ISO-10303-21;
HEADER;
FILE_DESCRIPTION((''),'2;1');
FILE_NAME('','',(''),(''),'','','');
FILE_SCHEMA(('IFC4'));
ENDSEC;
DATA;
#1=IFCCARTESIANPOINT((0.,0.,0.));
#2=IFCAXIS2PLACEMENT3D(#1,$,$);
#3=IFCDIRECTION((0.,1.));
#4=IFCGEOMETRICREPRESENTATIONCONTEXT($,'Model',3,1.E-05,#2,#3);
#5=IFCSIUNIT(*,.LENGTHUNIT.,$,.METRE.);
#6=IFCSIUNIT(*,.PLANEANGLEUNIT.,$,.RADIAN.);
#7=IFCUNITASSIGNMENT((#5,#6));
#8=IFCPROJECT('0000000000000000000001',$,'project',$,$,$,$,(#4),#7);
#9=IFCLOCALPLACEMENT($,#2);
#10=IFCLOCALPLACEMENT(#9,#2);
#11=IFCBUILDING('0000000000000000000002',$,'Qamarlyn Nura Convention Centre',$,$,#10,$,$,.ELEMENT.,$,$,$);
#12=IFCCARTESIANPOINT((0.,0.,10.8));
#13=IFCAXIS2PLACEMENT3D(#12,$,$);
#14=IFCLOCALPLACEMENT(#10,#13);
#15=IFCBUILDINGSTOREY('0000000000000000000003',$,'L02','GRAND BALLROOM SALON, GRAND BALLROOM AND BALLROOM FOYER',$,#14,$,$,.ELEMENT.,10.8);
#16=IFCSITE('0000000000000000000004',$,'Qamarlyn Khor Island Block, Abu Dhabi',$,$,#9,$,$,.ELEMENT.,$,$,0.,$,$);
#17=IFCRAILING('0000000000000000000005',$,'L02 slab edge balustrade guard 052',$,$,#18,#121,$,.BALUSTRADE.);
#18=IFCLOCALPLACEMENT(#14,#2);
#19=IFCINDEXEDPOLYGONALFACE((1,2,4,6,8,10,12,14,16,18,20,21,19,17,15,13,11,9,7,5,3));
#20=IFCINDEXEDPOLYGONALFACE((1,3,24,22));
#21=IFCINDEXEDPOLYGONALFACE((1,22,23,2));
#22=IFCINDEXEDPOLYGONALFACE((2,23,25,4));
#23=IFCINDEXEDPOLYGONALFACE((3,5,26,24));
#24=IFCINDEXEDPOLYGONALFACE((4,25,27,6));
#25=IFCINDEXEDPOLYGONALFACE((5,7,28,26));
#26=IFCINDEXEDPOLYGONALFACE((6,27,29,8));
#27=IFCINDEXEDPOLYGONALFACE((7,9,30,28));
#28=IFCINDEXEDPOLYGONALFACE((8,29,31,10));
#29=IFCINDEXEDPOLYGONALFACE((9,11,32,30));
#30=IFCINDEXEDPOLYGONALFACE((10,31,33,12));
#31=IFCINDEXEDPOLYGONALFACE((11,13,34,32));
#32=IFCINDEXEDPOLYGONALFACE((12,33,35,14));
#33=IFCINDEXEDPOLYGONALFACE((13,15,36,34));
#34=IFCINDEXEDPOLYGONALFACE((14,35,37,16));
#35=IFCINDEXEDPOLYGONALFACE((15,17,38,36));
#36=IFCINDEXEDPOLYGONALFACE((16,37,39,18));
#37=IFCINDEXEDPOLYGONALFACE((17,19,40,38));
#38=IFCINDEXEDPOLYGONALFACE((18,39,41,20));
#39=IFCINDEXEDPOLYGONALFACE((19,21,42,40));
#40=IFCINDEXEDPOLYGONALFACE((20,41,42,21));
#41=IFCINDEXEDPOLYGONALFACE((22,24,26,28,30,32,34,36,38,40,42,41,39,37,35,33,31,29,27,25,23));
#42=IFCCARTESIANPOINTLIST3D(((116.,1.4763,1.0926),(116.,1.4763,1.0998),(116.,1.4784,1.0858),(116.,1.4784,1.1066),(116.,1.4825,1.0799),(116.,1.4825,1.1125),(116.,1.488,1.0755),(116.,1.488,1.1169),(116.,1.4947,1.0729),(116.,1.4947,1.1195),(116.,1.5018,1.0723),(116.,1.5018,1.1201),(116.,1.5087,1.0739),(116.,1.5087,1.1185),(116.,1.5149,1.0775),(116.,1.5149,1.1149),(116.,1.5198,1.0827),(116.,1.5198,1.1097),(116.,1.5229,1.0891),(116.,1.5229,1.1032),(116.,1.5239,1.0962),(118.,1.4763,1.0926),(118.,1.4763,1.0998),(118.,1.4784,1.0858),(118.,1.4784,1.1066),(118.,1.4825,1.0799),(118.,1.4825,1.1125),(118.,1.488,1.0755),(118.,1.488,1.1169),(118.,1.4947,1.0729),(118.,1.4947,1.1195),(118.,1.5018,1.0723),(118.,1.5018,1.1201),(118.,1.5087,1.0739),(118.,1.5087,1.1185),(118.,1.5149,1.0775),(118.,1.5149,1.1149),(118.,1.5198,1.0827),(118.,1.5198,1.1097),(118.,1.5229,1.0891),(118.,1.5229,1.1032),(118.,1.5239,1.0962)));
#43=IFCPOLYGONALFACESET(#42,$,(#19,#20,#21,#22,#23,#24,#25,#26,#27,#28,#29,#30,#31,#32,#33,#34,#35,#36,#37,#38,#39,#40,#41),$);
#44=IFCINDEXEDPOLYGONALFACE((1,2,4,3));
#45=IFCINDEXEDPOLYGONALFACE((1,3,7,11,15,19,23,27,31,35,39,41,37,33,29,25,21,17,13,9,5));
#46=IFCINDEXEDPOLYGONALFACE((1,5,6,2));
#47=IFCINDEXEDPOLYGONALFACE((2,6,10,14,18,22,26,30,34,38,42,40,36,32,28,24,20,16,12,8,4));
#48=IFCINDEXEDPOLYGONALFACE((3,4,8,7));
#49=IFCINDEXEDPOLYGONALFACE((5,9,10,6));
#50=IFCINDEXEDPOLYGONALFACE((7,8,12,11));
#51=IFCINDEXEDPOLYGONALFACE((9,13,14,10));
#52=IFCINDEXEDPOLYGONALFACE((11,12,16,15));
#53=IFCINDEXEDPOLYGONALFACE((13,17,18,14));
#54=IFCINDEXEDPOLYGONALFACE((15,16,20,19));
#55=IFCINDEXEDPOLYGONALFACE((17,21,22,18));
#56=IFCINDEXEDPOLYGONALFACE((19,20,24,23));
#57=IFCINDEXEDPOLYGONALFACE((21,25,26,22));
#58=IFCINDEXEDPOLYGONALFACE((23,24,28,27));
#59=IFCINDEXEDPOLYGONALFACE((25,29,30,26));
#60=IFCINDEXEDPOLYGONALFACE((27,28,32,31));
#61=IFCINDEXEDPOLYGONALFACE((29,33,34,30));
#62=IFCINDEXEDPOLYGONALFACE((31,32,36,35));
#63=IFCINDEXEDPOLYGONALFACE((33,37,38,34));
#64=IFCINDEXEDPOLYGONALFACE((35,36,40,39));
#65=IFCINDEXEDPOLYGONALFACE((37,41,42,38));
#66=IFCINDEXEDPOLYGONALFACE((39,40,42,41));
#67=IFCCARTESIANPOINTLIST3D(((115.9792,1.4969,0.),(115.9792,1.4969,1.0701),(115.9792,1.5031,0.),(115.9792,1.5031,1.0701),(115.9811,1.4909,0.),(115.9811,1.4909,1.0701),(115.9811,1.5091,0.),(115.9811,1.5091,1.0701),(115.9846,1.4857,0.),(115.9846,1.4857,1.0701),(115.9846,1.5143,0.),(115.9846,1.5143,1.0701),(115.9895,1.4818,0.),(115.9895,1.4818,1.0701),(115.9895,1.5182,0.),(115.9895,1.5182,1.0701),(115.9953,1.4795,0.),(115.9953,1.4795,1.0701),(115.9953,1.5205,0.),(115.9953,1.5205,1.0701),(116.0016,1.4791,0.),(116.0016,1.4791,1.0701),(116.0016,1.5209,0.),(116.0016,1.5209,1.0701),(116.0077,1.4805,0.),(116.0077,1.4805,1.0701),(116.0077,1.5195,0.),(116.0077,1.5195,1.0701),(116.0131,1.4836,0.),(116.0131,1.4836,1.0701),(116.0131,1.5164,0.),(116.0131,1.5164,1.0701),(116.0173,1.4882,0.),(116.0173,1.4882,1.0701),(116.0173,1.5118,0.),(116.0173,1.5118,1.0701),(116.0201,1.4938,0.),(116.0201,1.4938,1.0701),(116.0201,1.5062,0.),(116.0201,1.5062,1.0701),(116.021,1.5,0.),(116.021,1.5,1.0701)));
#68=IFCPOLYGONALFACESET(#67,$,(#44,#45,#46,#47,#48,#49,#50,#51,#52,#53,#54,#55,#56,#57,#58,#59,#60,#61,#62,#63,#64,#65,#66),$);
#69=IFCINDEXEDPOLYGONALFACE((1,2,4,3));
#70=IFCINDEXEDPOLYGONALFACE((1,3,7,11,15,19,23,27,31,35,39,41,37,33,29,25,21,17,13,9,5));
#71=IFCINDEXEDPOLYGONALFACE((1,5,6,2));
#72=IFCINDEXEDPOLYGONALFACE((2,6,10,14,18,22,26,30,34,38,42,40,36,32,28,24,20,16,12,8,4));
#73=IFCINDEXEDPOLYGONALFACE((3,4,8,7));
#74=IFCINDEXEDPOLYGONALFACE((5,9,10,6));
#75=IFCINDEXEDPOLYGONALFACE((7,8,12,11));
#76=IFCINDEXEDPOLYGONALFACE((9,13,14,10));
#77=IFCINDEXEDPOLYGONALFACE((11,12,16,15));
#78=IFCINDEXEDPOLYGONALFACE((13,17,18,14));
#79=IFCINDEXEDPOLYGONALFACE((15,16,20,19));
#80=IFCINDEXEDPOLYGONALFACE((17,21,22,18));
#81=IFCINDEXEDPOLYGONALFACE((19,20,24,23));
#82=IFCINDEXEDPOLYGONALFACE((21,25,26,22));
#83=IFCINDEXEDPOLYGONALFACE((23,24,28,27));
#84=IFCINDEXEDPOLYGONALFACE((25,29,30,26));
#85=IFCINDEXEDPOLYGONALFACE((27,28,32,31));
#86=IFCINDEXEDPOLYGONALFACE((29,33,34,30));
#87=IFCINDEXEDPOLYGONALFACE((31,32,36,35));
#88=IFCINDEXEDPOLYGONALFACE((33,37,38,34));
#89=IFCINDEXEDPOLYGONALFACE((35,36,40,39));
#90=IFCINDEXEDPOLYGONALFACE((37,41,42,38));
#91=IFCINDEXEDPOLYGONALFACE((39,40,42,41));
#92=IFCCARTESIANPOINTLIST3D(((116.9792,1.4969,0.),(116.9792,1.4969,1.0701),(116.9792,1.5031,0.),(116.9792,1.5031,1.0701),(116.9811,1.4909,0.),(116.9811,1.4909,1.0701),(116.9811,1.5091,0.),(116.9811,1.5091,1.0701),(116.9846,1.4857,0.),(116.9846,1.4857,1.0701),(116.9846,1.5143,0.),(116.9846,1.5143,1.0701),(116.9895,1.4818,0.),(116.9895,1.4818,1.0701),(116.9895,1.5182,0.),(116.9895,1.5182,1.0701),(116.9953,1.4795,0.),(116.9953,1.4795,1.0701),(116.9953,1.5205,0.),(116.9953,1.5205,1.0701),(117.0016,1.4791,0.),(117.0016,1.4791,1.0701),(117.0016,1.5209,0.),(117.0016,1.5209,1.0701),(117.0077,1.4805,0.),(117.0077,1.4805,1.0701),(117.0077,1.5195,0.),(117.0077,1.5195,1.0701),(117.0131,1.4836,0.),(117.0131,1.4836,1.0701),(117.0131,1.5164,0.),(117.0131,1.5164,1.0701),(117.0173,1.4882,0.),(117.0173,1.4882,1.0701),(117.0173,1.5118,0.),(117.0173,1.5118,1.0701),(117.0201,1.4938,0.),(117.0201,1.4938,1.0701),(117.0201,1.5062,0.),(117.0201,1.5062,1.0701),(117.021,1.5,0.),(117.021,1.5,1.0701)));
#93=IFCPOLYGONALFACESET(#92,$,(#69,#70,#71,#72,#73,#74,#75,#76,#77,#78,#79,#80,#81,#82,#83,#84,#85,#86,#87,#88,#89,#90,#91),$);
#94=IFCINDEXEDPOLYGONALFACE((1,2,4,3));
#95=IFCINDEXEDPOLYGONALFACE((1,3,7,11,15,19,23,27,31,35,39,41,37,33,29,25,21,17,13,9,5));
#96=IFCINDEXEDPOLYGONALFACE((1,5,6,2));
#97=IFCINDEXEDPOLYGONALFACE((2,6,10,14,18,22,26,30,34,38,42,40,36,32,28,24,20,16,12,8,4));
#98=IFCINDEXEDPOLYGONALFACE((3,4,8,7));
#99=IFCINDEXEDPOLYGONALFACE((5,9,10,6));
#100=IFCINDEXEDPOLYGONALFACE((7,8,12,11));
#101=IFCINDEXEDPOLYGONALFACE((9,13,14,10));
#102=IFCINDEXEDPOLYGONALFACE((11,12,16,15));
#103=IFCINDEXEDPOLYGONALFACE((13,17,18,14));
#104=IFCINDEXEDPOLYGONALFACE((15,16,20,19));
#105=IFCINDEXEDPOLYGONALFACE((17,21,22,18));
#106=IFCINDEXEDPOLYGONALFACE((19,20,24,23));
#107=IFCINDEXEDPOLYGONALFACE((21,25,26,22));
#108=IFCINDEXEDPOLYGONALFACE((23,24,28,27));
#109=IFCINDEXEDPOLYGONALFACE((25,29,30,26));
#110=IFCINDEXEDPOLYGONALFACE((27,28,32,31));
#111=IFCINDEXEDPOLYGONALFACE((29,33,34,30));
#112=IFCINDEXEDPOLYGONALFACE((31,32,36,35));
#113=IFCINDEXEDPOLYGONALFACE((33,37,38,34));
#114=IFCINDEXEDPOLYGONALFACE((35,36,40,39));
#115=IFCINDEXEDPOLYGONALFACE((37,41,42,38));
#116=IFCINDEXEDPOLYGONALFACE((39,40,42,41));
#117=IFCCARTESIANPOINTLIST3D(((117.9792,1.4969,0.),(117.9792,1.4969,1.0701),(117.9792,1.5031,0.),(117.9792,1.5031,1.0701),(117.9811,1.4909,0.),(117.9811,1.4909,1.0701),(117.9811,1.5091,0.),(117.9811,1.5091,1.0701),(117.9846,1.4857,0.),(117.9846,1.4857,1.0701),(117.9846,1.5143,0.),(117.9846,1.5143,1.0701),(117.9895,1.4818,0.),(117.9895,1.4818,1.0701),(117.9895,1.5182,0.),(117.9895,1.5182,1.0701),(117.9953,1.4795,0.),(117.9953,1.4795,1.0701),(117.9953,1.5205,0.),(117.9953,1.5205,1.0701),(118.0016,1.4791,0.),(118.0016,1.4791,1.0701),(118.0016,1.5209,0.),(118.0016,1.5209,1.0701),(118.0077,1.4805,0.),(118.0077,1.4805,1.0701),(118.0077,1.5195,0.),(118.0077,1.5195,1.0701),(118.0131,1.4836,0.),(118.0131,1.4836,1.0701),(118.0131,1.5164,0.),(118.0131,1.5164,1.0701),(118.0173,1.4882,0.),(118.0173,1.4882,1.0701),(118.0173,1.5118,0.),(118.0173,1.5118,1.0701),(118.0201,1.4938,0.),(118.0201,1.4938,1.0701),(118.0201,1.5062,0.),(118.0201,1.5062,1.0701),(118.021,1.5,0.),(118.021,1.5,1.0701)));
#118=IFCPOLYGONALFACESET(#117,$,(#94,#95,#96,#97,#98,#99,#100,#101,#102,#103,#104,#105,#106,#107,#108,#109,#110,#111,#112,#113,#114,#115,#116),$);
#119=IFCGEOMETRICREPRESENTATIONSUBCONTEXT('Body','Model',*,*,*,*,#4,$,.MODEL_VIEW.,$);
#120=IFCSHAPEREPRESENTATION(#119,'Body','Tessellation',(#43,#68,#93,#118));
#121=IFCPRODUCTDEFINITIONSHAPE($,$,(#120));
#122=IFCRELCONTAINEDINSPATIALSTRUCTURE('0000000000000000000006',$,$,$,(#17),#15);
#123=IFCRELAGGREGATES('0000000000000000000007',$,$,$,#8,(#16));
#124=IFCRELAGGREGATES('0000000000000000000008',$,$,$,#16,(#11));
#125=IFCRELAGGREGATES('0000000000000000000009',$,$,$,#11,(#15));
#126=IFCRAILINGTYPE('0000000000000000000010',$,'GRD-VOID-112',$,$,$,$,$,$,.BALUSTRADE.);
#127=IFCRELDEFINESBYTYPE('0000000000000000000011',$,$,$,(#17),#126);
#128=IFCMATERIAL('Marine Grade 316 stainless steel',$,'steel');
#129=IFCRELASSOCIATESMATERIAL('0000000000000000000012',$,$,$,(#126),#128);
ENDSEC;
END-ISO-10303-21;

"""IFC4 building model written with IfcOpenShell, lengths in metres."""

from ifc_helpers import new_model, si_unit, direction, frame, origin, origin_2d, place, context, subcontext, project, spatial, circle, extrude, material, type_object, element, save


model = new_model("IFC4")

# Units and contexts
model_context = context("Model", 3, precision=1e-05, world=origin(), true_north=direction((0.0, 1.0)))
body_context = subcontext(model_context, "Body", "Model", "MODEL_VIEW")
ifc_project = project(units=[si_unit("LENGTHUNIT", "METRE"), si_unit("PLANEANGLEUNIT", "RADIAN")], contexts=[model_context])

# Site, building, storey
site_placement = place(None, origin())
site = spatial("IfcSite", under=ifc_project, at=site_placement, Name="Qamarlyn Khor Island Block, Abu Dhabi", CompositionType="ELEMENT", RefElevation=0.0)
building_placement = place(site_placement, origin())
building = spatial("IfcBuilding", under=site, at=building_placement, Name="Qamarlyn Nura Convention Centre", CompositionType="ELEMENT")
storey_placement = place(building_placement, frame((0.0, 0.0, 10.8)))
storey = spatial("IfcBuildingStorey", under=building, at=storey_placement, Name="L02", Description="GRAND BALLROOM SALON, GRAND BALLROOM AND BALLROOM FOYER", CompositionType="ELEMENT", Elevation=10.8)

# Railing
ifc_material_1 = material(Name="Marine Grade 316 stainless steel", Category="steel")
railing_type = type_object("IfcRailingType", Name="GRD-VOID-112", PredefinedType="BALUSTRADE", material=ifc_material_1)
railing_1_placement = place(storey_placement, frame((116.0, 1.5, 0.0)))
element("IfcRailing", 1, at=railing_1_placement, inside=storey, type_object=railing_type, Name="L02 slab edge balustrade guard 052", PredefinedType="BALUSTRADE", context=body_context, shape_type="SweptSolid", body=[
    extrude(circle(Radius=0.0239, at=origin_2d()), frame((0.0, 0.0, 1.0962), z_axis=(1.0, 0.0, 0.0), x_axis=(0.0, 1.0, 0.0)), (0.0, 0.0, 1.0), 2.0),
    extrude(circle(Radius=0.021, at=origin_2d()), origin(), (0.0, 0.0, 1.0), 1.0701),
    extrude(circle(Radius=0.021, at=origin_2d()), frame((1.0, 0.0, 0.0)), (0.0, 0.0, 1.0), 1.0701),
    extrude(circle(Radius=0.021, at=origin_2d()), frame((2.0, 0.0, 0.0)), (0.0, 0.0, 1.0), 1.0701),
])

save(model, "model.ifc")
